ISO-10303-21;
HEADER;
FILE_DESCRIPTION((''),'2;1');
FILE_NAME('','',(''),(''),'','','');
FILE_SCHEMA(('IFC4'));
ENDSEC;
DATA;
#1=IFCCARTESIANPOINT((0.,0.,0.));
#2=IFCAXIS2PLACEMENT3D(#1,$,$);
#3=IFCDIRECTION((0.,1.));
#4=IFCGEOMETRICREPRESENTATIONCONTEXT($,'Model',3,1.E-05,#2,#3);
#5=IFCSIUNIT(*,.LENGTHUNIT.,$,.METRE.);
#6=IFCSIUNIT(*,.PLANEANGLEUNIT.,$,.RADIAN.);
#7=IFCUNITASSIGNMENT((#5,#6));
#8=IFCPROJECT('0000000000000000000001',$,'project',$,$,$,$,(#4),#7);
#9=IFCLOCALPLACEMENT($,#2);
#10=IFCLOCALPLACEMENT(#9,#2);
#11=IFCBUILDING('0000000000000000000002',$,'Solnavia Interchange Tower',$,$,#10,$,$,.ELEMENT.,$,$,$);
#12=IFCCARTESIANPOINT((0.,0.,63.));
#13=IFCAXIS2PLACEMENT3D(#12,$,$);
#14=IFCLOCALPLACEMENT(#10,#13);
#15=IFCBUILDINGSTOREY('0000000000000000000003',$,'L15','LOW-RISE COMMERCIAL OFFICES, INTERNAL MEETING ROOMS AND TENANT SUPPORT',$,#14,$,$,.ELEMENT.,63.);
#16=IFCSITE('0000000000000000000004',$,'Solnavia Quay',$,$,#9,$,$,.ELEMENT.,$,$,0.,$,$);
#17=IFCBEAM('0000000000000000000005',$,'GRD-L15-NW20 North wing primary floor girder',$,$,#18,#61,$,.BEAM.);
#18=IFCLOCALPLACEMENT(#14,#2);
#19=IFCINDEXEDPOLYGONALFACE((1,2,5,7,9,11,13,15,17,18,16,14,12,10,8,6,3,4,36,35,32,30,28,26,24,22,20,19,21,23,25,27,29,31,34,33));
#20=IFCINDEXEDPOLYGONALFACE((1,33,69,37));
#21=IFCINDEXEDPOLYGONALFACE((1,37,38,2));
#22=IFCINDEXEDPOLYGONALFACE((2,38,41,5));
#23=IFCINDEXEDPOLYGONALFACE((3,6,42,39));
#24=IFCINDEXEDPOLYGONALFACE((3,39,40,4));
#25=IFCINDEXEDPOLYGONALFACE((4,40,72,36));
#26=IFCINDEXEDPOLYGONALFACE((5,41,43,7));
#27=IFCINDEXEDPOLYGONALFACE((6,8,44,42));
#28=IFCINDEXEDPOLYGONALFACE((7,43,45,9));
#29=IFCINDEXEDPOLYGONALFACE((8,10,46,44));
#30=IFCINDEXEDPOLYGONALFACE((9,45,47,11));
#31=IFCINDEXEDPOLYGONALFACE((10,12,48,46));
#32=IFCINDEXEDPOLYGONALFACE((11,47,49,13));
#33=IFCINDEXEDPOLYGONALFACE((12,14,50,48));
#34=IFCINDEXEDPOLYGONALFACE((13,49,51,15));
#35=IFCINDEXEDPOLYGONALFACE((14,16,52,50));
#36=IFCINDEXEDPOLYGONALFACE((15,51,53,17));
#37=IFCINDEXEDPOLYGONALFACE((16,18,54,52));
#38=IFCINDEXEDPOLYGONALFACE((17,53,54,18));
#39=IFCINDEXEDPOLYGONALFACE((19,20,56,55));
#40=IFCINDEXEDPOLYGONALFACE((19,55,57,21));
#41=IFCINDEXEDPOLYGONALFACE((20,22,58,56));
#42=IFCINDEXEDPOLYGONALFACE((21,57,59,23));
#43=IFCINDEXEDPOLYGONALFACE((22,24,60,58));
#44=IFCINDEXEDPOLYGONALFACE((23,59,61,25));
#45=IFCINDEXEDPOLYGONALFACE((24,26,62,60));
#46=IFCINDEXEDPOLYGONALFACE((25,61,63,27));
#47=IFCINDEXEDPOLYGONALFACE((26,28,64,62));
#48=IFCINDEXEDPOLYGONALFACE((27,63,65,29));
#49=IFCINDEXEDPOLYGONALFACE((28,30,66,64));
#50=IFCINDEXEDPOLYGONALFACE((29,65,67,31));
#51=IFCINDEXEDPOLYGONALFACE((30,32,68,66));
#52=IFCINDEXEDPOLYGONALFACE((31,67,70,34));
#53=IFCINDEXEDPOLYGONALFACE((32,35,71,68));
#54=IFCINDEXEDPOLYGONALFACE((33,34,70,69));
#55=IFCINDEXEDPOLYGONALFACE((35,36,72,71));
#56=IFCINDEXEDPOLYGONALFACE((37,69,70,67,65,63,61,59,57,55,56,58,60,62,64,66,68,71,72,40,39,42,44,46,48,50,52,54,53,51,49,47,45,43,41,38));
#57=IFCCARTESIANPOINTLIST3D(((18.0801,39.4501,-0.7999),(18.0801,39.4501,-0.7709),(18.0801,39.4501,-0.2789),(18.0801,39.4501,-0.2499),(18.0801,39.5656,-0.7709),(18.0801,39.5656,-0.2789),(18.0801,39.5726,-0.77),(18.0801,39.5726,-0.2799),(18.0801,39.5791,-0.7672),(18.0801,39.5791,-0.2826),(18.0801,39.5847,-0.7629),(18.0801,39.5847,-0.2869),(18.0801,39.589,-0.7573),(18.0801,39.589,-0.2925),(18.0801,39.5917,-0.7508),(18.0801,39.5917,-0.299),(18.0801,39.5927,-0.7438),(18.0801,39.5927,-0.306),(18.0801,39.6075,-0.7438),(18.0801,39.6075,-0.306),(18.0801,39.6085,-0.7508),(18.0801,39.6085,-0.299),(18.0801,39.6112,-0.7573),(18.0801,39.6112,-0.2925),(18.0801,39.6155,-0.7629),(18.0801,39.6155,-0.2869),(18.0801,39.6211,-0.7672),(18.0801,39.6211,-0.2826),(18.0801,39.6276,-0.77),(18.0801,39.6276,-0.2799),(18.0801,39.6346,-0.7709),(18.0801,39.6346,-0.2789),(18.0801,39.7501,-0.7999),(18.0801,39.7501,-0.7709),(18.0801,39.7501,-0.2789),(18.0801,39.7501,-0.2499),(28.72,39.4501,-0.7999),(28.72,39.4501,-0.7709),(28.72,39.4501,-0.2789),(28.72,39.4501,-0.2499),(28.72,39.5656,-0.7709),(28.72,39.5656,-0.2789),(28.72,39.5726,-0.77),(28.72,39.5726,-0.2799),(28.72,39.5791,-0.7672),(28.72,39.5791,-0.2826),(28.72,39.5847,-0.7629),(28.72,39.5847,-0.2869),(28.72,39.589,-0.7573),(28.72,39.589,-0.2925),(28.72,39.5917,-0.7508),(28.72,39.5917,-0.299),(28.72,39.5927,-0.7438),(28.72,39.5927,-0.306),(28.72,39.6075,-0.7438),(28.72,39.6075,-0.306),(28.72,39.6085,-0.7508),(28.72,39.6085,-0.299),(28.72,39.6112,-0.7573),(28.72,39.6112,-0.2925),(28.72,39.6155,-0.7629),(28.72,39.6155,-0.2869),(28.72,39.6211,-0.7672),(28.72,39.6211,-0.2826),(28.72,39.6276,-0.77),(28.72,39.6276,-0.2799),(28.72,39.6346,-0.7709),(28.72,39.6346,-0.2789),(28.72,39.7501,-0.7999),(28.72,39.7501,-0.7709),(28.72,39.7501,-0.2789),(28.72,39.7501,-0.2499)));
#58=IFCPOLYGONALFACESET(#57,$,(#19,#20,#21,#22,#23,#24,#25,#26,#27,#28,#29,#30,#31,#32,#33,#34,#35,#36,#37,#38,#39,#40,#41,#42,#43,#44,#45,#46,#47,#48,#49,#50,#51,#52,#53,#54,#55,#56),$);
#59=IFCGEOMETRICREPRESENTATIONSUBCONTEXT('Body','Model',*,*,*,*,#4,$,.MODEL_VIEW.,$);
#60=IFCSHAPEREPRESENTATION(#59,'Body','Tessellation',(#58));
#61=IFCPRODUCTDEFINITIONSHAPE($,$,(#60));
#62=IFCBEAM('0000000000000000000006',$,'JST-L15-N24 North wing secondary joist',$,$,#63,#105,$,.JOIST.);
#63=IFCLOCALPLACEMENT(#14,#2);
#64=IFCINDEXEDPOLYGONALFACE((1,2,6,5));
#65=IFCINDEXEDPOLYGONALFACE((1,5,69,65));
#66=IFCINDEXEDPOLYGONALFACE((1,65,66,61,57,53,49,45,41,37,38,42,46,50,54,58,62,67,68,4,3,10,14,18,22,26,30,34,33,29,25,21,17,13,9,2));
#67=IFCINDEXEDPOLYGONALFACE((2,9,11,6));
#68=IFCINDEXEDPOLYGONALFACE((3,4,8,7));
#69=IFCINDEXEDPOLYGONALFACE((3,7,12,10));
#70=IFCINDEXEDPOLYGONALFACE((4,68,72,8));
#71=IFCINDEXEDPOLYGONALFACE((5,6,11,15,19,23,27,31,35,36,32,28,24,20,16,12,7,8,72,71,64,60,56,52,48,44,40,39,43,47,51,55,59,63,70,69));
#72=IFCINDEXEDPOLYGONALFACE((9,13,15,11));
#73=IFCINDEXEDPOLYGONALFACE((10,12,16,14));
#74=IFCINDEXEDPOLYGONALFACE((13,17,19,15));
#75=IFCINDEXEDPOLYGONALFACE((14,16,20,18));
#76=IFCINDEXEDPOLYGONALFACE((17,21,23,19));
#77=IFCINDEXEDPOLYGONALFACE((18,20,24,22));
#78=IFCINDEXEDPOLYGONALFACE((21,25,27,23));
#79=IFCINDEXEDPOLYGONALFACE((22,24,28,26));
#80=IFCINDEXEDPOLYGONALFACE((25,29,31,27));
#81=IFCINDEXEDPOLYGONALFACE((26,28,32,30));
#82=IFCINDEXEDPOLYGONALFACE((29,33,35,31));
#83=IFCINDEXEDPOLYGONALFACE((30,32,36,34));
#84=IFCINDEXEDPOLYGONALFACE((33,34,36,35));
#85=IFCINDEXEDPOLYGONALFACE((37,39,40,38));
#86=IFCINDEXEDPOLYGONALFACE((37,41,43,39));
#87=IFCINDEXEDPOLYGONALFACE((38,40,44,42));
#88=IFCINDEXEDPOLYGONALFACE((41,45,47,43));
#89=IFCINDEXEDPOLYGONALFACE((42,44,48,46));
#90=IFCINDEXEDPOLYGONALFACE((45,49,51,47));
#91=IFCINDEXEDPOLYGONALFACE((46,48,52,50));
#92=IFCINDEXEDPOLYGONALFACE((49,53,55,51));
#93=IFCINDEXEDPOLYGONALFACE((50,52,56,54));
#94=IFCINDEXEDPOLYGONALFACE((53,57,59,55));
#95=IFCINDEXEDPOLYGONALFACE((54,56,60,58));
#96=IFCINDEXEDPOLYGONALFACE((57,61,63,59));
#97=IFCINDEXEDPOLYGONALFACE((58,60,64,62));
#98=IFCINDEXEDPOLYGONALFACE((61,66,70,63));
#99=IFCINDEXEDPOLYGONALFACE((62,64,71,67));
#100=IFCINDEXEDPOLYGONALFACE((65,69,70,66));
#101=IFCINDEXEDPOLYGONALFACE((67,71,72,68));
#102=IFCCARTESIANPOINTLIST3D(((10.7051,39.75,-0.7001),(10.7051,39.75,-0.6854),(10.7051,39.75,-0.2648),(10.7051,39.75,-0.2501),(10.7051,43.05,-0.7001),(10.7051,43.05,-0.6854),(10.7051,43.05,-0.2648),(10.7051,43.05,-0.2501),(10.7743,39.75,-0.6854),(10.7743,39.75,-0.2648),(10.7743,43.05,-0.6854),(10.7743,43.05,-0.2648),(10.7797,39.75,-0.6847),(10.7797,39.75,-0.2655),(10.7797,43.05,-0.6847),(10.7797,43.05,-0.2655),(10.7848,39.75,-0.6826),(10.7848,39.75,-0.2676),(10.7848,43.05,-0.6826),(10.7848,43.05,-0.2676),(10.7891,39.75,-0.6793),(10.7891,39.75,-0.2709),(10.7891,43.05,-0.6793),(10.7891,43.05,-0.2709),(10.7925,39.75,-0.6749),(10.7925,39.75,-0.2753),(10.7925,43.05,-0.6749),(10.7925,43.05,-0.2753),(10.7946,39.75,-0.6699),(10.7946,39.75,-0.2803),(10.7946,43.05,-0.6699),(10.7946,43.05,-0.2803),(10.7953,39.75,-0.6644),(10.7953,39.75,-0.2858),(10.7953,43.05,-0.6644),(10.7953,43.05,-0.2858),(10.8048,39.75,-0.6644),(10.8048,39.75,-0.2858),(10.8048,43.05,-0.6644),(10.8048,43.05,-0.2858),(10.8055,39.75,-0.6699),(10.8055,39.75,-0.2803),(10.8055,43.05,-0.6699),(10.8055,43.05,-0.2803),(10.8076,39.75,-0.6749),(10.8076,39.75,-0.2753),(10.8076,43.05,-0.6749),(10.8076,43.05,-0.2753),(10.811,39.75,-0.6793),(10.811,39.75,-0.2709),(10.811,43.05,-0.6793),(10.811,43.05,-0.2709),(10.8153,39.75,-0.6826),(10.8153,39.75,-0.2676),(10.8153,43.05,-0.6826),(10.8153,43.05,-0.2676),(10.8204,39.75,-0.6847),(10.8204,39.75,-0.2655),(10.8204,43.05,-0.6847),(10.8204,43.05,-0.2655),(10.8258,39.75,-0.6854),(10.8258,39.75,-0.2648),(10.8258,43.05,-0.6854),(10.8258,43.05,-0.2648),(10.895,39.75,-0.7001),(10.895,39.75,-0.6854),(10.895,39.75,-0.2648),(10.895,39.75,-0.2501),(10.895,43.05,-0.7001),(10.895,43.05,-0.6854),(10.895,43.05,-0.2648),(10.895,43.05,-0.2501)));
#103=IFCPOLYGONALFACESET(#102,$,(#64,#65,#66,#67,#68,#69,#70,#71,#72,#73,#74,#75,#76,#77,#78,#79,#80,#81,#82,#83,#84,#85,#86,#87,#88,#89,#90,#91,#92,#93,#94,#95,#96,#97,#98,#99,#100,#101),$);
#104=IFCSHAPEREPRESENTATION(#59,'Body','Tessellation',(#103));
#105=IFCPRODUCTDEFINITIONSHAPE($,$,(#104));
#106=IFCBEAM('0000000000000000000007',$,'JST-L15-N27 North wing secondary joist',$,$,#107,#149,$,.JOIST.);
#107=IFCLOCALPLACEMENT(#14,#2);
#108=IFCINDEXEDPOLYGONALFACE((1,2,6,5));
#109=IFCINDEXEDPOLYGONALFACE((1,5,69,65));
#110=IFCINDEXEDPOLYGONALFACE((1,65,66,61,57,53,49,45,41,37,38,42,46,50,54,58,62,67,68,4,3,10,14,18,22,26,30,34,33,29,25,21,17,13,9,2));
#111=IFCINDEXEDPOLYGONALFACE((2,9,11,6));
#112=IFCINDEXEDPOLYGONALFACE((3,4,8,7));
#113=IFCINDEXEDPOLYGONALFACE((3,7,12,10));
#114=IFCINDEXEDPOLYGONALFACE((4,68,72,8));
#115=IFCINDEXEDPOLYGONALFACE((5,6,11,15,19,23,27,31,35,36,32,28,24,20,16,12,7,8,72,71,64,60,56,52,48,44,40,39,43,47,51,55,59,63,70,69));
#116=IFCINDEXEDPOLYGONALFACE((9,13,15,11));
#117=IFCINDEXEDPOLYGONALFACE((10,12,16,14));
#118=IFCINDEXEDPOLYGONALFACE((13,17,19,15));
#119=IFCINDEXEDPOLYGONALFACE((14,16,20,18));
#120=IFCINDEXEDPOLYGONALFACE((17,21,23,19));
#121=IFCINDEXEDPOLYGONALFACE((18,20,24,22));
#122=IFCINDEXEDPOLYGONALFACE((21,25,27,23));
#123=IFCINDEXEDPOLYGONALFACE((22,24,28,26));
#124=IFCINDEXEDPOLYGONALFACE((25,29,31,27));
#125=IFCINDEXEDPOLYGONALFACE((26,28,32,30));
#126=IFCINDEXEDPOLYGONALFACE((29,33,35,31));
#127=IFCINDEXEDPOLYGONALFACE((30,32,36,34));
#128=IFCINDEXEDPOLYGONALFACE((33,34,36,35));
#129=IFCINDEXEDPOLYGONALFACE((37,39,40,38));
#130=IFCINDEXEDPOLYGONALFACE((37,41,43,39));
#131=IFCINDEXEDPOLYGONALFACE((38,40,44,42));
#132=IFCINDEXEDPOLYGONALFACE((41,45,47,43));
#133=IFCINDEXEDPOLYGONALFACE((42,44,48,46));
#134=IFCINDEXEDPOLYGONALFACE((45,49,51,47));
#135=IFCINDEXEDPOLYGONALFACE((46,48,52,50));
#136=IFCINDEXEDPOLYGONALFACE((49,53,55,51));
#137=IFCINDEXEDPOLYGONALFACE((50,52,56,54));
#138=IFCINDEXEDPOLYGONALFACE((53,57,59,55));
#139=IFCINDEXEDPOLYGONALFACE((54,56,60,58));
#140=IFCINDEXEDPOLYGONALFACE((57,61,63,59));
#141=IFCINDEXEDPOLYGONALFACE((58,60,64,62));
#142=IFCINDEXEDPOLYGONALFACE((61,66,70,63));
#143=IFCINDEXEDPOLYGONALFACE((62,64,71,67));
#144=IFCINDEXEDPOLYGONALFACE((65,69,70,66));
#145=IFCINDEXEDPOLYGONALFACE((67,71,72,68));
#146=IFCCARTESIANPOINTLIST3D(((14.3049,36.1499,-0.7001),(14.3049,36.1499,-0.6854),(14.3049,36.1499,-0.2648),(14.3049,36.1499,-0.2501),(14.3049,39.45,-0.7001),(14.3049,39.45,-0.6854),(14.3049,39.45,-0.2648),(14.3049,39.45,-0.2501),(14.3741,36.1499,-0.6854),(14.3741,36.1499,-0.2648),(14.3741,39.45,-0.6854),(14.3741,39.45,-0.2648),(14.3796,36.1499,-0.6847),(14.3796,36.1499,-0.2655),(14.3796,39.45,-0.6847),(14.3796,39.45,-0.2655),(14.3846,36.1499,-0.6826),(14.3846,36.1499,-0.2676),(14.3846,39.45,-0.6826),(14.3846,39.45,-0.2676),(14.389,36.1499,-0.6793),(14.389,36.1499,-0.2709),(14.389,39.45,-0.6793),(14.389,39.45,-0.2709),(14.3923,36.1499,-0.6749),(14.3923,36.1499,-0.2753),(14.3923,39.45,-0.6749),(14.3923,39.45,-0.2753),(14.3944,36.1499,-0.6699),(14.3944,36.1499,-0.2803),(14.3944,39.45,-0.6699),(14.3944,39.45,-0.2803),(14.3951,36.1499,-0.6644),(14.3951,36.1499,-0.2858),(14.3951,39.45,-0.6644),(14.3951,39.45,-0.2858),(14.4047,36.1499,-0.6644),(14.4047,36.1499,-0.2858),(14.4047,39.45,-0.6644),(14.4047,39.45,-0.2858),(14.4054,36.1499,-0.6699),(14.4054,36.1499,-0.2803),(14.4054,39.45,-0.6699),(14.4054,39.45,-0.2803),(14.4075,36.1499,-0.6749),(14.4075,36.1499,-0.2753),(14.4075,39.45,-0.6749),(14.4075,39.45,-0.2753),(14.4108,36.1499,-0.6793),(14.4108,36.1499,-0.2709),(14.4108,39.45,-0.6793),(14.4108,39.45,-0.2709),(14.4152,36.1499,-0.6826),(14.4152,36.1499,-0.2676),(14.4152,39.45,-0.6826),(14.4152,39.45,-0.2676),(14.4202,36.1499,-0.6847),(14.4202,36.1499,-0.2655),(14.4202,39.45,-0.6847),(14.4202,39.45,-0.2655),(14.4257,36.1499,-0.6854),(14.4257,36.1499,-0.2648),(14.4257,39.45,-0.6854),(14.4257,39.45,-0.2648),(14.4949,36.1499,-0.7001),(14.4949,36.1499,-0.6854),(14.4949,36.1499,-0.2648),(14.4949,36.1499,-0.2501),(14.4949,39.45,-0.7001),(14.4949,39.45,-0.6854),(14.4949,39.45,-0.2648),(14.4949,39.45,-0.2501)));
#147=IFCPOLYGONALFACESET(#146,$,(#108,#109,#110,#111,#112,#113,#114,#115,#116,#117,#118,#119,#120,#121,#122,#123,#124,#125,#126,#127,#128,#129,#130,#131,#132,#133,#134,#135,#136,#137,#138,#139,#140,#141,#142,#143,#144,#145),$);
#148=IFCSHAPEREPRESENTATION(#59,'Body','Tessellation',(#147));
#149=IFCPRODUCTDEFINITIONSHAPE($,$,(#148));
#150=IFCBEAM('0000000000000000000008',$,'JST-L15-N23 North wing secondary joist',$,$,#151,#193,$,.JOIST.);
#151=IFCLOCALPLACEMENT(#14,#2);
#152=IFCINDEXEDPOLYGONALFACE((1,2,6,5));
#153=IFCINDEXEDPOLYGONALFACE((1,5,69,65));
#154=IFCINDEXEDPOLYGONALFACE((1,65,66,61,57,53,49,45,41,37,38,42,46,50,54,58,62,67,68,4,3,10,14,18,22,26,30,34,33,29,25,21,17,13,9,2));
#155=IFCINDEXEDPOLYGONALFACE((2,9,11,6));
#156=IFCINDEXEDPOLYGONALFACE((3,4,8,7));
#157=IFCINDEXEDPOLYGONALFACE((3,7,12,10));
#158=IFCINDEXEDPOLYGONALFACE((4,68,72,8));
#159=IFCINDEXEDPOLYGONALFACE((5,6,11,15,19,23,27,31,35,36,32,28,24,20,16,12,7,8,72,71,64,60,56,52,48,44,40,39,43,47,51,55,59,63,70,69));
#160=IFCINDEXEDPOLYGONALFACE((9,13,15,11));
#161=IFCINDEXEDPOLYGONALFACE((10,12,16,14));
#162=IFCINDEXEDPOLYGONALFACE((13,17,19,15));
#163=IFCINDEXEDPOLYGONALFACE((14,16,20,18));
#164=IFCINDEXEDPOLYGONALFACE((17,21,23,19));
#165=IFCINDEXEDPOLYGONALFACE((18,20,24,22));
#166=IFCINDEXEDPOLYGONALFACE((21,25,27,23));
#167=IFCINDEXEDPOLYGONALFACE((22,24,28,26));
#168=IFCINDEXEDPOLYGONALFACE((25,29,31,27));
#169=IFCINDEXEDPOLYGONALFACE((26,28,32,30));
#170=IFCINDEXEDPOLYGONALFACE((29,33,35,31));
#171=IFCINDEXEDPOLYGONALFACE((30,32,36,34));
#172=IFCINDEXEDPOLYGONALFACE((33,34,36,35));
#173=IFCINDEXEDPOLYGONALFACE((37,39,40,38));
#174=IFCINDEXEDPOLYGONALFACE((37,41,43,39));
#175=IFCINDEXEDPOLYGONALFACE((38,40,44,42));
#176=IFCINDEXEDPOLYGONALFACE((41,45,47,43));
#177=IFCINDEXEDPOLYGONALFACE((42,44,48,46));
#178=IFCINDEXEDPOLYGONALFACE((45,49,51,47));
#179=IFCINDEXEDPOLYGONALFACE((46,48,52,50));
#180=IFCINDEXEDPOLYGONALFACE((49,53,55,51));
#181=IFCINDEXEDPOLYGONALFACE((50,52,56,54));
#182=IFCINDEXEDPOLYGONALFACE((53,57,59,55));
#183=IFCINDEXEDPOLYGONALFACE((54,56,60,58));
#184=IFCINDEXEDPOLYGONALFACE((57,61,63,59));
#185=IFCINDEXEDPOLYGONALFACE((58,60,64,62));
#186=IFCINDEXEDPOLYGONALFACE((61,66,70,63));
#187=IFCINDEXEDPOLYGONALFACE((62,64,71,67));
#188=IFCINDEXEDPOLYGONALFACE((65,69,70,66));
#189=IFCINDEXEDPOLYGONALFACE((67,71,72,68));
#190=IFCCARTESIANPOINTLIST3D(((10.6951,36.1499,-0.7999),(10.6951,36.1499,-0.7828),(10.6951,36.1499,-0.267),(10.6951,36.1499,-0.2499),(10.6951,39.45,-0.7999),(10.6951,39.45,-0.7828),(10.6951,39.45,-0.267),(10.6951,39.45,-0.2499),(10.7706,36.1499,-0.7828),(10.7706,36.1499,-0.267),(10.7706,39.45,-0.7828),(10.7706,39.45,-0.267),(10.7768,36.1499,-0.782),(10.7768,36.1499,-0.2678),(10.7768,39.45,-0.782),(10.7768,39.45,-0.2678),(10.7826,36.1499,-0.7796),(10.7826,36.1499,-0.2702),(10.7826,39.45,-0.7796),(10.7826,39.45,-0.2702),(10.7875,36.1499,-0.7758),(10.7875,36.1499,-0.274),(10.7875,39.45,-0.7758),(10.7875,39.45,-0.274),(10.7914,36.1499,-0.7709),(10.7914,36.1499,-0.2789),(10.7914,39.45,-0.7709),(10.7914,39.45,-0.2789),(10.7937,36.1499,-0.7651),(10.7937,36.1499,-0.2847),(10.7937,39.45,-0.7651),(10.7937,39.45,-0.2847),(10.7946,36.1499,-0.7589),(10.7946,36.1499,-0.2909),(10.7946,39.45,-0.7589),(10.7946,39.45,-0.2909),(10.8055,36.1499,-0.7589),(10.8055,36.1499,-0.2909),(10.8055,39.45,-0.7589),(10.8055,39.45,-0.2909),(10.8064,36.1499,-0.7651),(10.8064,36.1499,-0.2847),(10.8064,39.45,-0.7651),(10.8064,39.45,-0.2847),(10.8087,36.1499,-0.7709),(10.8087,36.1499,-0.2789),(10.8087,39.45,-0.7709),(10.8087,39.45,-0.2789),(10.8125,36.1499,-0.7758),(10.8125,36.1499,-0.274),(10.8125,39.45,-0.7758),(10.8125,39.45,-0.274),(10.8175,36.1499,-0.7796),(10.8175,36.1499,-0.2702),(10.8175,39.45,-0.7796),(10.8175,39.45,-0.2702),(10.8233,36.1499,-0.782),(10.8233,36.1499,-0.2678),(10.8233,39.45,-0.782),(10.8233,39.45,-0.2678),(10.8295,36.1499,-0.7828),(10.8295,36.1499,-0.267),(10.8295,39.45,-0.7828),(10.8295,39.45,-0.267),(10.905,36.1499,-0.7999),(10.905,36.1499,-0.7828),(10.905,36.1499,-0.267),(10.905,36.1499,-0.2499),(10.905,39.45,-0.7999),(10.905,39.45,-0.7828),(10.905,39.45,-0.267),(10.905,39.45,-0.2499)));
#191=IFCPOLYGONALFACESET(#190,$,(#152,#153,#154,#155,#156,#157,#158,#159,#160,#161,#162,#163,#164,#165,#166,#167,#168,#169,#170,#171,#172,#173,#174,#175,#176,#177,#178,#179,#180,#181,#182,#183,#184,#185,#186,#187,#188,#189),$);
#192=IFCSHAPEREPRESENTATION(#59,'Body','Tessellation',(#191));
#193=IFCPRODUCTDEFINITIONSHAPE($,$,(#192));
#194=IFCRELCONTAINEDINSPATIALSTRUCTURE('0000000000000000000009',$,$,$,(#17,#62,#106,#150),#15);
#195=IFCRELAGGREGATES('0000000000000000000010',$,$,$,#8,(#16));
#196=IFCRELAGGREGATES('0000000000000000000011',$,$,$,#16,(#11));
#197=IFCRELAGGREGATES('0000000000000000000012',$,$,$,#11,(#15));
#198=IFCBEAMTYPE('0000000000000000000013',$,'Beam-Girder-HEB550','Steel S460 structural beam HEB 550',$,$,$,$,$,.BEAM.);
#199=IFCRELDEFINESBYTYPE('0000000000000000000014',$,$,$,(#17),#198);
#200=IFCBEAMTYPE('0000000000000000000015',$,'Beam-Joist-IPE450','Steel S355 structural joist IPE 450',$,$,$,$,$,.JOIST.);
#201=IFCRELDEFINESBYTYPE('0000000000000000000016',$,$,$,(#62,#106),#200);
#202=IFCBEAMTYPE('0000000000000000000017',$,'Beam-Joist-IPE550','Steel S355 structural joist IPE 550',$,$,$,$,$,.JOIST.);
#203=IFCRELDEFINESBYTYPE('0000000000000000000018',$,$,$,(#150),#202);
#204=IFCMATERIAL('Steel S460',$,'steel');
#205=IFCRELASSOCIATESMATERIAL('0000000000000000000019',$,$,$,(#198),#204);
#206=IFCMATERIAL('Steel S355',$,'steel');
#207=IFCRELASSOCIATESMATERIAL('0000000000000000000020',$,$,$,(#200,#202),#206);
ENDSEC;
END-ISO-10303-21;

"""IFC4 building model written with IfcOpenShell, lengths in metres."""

from ifc_helpers import new_model, si_unit, direction, frame, origin, origin_2d, place, context, subcontext, project, spatial, i_section, extrude, material, material_profile, profile_set, type_object, element, save


model = new_model("IFC4")

# Units and contexts
model_context = context("Model", 3, precision=1e-05, world=origin(), true_north=direction((0.0, 1.0)))
body_context = subcontext(model_context, "Body", "Model", "MODEL_VIEW")
ifc_project = project(units=[si_unit("LENGTHUNIT", "METRE"), si_unit("PLANEANGLEUNIT", "RADIAN")], contexts=[model_context])

# Site, building, storey
site_placement = place(None, origin())
site = spatial("IfcSite", under=ifc_project, at=site_placement, Name="Solnavia Quay", CompositionType="ELEMENT", RefElevation=0.0)
building_placement = place(site_placement, origin())
building = spatial("IfcBuilding", under=site, at=building_placement, Name="Solnavia Interchange Tower", CompositionType="ELEMENT")
storey_placement = place(building_placement, frame((0.0, 0.0, 63.0)))
storey = spatial("IfcBuildingStorey", under=building, at=storey_placement, Name="L15", Description="LOW-RISE COMMERCIAL OFFICES, INTERNAL MEETING ROOMS AND TENANT SUPPORT", CompositionType="ELEMENT", Elevation=63.0)

# Shared definitions
ifc_material_1 = material(Name="Steel S355", Category="steel")

# Beams
ifc_material_2 = material(Name="Steel S460", Category="steel")
ifc_material_profile_1 = material_profile(ifc_material_2, i_section(OverallWidth=0.3, OverallDepth=0.55, WebThickness=0.0149, FlangeThickness=0.0291, FilletRadius=0.0271, at=origin_2d()), Name="HEB 550")
ifc_profile_set_1 = profile_set([ifc_material_profile_1], Name="Steel S460")
beam_type_1 = type_object("IfcBeamType", Name="Beam-Girder-HEB550", Description="Steel S460 structural beam HEB 550", PredefinedType="BEAM", material=ifc_profile_set_1)
for number, where, z_axis, x_axis, name in (
    (1, (18.0801, 39.6001, -0.5249), (1.0, 0.0, 0.0), (0.0, 1.0, 0.0), "GRD-L15-NW20 North wing primary floor girder"),
):
    element("IfcBeam", number, at=place(storey_placement, frame(where, z_axis=z_axis, x_axis=x_axis)), inside=storey, type_object=beam_type_1, Name=name, PredefinedType="BEAM", context=body_context, shape_type="SweptSolid", body=[
        extrude(i_section(OverallWidth=0.3, OverallDepth=0.55, WebThickness=0.0149, FlangeThickness=0.0291, FilletRadius=0.0271, at=origin_2d()), origin(), (0.0, 0.0, 1.0), 10.6399),
    ])
ifc_material_profile_2 = material_profile(ifc_material_1, i_section(OverallWidth=0.1899, OverallDepth=0.45, WebThickness=0.0095, FlangeThickness=0.0146, FilletRadius=0.021, at=origin_2d()), Name="IPE 450")
ifc_profile_set_2 = profile_set([ifc_material_profile_2], Name="Steel S355")
beam_type_2 = type_object("IfcBeamType", Name="Beam-Joist-IPE450", Description="Steel S355 structural joist IPE 450", PredefinedType="JOIST", material=ifc_profile_set_2)
for number, where, z_axis, x_axis, name in (
    (2, (10.8, 39.75, -0.4751), (0.0, 1.0, 0.0), (-1.0, 0.0, 0.0), "JST-L15-N24 North wing secondary joist"),
    (3, (14.3999, 36.1499, -0.4751), (0.0, 1.0, 0.0), (-1.0, 0.0, 0.0), "JST-L15-N27 North wing secondary joist"),
):
    element("IfcBeam", number, at=place(storey_placement, frame(where, z_axis=z_axis, x_axis=x_axis)), inside=storey, type_object=beam_type_2, Name=name, PredefinedType="JOIST", context=body_context, shape_type="SweptSolid", body=[
        extrude(i_section(OverallWidth=0.1899, OverallDepth=0.45, WebThickness=0.0095, FlangeThickness=0.0146, FilletRadius=0.021, at=origin_2d()), origin(), (0.0, 0.0, 1.0), 3.3),
    ])
ifc_material_profile_3 = material_profile(ifc_material_1, i_section(OverallWidth=0.21, OverallDepth=0.55, WebThickness=0.011, FlangeThickness=0.0171, FilletRadius=0.0239, at=origin_2d()), Name="IPE 550")
ifc_profile_set_3 = profile_set([ifc_material_profile_3], Name="Steel S355")
beam_type_3 = type_object("IfcBeamType", Name="Beam-Joist-IPE550", Description="Steel S355 structural joist IPE 550", PredefinedType="JOIST", material=ifc_profile_set_3)
for number, where, z_axis, x_axis, name in (
    (4, (10.8, 36.1499, -0.5249), (0.0, 1.0, 0.0), (-1.0, 0.0, 0.0), "JST-L15-N23 North wing secondary joist"),
):
    element("IfcBeam", number, at=place(storey_placement, frame(where, z_axis=z_axis, x_axis=x_axis)), inside=storey, type_object=beam_type_3, Name=name, PredefinedType="JOIST", context=body_context, shape_type="SweptSolid", body=[
        extrude(i_section(OverallWidth=0.21, OverallDepth=0.55, WebThickness=0.011, FlangeThickness=0.0171, FilletRadius=0.0239, at=origin_2d()), origin(), (0.0, 0.0, 1.0), 3.3),
    ])

save(model, "model.ifc")
